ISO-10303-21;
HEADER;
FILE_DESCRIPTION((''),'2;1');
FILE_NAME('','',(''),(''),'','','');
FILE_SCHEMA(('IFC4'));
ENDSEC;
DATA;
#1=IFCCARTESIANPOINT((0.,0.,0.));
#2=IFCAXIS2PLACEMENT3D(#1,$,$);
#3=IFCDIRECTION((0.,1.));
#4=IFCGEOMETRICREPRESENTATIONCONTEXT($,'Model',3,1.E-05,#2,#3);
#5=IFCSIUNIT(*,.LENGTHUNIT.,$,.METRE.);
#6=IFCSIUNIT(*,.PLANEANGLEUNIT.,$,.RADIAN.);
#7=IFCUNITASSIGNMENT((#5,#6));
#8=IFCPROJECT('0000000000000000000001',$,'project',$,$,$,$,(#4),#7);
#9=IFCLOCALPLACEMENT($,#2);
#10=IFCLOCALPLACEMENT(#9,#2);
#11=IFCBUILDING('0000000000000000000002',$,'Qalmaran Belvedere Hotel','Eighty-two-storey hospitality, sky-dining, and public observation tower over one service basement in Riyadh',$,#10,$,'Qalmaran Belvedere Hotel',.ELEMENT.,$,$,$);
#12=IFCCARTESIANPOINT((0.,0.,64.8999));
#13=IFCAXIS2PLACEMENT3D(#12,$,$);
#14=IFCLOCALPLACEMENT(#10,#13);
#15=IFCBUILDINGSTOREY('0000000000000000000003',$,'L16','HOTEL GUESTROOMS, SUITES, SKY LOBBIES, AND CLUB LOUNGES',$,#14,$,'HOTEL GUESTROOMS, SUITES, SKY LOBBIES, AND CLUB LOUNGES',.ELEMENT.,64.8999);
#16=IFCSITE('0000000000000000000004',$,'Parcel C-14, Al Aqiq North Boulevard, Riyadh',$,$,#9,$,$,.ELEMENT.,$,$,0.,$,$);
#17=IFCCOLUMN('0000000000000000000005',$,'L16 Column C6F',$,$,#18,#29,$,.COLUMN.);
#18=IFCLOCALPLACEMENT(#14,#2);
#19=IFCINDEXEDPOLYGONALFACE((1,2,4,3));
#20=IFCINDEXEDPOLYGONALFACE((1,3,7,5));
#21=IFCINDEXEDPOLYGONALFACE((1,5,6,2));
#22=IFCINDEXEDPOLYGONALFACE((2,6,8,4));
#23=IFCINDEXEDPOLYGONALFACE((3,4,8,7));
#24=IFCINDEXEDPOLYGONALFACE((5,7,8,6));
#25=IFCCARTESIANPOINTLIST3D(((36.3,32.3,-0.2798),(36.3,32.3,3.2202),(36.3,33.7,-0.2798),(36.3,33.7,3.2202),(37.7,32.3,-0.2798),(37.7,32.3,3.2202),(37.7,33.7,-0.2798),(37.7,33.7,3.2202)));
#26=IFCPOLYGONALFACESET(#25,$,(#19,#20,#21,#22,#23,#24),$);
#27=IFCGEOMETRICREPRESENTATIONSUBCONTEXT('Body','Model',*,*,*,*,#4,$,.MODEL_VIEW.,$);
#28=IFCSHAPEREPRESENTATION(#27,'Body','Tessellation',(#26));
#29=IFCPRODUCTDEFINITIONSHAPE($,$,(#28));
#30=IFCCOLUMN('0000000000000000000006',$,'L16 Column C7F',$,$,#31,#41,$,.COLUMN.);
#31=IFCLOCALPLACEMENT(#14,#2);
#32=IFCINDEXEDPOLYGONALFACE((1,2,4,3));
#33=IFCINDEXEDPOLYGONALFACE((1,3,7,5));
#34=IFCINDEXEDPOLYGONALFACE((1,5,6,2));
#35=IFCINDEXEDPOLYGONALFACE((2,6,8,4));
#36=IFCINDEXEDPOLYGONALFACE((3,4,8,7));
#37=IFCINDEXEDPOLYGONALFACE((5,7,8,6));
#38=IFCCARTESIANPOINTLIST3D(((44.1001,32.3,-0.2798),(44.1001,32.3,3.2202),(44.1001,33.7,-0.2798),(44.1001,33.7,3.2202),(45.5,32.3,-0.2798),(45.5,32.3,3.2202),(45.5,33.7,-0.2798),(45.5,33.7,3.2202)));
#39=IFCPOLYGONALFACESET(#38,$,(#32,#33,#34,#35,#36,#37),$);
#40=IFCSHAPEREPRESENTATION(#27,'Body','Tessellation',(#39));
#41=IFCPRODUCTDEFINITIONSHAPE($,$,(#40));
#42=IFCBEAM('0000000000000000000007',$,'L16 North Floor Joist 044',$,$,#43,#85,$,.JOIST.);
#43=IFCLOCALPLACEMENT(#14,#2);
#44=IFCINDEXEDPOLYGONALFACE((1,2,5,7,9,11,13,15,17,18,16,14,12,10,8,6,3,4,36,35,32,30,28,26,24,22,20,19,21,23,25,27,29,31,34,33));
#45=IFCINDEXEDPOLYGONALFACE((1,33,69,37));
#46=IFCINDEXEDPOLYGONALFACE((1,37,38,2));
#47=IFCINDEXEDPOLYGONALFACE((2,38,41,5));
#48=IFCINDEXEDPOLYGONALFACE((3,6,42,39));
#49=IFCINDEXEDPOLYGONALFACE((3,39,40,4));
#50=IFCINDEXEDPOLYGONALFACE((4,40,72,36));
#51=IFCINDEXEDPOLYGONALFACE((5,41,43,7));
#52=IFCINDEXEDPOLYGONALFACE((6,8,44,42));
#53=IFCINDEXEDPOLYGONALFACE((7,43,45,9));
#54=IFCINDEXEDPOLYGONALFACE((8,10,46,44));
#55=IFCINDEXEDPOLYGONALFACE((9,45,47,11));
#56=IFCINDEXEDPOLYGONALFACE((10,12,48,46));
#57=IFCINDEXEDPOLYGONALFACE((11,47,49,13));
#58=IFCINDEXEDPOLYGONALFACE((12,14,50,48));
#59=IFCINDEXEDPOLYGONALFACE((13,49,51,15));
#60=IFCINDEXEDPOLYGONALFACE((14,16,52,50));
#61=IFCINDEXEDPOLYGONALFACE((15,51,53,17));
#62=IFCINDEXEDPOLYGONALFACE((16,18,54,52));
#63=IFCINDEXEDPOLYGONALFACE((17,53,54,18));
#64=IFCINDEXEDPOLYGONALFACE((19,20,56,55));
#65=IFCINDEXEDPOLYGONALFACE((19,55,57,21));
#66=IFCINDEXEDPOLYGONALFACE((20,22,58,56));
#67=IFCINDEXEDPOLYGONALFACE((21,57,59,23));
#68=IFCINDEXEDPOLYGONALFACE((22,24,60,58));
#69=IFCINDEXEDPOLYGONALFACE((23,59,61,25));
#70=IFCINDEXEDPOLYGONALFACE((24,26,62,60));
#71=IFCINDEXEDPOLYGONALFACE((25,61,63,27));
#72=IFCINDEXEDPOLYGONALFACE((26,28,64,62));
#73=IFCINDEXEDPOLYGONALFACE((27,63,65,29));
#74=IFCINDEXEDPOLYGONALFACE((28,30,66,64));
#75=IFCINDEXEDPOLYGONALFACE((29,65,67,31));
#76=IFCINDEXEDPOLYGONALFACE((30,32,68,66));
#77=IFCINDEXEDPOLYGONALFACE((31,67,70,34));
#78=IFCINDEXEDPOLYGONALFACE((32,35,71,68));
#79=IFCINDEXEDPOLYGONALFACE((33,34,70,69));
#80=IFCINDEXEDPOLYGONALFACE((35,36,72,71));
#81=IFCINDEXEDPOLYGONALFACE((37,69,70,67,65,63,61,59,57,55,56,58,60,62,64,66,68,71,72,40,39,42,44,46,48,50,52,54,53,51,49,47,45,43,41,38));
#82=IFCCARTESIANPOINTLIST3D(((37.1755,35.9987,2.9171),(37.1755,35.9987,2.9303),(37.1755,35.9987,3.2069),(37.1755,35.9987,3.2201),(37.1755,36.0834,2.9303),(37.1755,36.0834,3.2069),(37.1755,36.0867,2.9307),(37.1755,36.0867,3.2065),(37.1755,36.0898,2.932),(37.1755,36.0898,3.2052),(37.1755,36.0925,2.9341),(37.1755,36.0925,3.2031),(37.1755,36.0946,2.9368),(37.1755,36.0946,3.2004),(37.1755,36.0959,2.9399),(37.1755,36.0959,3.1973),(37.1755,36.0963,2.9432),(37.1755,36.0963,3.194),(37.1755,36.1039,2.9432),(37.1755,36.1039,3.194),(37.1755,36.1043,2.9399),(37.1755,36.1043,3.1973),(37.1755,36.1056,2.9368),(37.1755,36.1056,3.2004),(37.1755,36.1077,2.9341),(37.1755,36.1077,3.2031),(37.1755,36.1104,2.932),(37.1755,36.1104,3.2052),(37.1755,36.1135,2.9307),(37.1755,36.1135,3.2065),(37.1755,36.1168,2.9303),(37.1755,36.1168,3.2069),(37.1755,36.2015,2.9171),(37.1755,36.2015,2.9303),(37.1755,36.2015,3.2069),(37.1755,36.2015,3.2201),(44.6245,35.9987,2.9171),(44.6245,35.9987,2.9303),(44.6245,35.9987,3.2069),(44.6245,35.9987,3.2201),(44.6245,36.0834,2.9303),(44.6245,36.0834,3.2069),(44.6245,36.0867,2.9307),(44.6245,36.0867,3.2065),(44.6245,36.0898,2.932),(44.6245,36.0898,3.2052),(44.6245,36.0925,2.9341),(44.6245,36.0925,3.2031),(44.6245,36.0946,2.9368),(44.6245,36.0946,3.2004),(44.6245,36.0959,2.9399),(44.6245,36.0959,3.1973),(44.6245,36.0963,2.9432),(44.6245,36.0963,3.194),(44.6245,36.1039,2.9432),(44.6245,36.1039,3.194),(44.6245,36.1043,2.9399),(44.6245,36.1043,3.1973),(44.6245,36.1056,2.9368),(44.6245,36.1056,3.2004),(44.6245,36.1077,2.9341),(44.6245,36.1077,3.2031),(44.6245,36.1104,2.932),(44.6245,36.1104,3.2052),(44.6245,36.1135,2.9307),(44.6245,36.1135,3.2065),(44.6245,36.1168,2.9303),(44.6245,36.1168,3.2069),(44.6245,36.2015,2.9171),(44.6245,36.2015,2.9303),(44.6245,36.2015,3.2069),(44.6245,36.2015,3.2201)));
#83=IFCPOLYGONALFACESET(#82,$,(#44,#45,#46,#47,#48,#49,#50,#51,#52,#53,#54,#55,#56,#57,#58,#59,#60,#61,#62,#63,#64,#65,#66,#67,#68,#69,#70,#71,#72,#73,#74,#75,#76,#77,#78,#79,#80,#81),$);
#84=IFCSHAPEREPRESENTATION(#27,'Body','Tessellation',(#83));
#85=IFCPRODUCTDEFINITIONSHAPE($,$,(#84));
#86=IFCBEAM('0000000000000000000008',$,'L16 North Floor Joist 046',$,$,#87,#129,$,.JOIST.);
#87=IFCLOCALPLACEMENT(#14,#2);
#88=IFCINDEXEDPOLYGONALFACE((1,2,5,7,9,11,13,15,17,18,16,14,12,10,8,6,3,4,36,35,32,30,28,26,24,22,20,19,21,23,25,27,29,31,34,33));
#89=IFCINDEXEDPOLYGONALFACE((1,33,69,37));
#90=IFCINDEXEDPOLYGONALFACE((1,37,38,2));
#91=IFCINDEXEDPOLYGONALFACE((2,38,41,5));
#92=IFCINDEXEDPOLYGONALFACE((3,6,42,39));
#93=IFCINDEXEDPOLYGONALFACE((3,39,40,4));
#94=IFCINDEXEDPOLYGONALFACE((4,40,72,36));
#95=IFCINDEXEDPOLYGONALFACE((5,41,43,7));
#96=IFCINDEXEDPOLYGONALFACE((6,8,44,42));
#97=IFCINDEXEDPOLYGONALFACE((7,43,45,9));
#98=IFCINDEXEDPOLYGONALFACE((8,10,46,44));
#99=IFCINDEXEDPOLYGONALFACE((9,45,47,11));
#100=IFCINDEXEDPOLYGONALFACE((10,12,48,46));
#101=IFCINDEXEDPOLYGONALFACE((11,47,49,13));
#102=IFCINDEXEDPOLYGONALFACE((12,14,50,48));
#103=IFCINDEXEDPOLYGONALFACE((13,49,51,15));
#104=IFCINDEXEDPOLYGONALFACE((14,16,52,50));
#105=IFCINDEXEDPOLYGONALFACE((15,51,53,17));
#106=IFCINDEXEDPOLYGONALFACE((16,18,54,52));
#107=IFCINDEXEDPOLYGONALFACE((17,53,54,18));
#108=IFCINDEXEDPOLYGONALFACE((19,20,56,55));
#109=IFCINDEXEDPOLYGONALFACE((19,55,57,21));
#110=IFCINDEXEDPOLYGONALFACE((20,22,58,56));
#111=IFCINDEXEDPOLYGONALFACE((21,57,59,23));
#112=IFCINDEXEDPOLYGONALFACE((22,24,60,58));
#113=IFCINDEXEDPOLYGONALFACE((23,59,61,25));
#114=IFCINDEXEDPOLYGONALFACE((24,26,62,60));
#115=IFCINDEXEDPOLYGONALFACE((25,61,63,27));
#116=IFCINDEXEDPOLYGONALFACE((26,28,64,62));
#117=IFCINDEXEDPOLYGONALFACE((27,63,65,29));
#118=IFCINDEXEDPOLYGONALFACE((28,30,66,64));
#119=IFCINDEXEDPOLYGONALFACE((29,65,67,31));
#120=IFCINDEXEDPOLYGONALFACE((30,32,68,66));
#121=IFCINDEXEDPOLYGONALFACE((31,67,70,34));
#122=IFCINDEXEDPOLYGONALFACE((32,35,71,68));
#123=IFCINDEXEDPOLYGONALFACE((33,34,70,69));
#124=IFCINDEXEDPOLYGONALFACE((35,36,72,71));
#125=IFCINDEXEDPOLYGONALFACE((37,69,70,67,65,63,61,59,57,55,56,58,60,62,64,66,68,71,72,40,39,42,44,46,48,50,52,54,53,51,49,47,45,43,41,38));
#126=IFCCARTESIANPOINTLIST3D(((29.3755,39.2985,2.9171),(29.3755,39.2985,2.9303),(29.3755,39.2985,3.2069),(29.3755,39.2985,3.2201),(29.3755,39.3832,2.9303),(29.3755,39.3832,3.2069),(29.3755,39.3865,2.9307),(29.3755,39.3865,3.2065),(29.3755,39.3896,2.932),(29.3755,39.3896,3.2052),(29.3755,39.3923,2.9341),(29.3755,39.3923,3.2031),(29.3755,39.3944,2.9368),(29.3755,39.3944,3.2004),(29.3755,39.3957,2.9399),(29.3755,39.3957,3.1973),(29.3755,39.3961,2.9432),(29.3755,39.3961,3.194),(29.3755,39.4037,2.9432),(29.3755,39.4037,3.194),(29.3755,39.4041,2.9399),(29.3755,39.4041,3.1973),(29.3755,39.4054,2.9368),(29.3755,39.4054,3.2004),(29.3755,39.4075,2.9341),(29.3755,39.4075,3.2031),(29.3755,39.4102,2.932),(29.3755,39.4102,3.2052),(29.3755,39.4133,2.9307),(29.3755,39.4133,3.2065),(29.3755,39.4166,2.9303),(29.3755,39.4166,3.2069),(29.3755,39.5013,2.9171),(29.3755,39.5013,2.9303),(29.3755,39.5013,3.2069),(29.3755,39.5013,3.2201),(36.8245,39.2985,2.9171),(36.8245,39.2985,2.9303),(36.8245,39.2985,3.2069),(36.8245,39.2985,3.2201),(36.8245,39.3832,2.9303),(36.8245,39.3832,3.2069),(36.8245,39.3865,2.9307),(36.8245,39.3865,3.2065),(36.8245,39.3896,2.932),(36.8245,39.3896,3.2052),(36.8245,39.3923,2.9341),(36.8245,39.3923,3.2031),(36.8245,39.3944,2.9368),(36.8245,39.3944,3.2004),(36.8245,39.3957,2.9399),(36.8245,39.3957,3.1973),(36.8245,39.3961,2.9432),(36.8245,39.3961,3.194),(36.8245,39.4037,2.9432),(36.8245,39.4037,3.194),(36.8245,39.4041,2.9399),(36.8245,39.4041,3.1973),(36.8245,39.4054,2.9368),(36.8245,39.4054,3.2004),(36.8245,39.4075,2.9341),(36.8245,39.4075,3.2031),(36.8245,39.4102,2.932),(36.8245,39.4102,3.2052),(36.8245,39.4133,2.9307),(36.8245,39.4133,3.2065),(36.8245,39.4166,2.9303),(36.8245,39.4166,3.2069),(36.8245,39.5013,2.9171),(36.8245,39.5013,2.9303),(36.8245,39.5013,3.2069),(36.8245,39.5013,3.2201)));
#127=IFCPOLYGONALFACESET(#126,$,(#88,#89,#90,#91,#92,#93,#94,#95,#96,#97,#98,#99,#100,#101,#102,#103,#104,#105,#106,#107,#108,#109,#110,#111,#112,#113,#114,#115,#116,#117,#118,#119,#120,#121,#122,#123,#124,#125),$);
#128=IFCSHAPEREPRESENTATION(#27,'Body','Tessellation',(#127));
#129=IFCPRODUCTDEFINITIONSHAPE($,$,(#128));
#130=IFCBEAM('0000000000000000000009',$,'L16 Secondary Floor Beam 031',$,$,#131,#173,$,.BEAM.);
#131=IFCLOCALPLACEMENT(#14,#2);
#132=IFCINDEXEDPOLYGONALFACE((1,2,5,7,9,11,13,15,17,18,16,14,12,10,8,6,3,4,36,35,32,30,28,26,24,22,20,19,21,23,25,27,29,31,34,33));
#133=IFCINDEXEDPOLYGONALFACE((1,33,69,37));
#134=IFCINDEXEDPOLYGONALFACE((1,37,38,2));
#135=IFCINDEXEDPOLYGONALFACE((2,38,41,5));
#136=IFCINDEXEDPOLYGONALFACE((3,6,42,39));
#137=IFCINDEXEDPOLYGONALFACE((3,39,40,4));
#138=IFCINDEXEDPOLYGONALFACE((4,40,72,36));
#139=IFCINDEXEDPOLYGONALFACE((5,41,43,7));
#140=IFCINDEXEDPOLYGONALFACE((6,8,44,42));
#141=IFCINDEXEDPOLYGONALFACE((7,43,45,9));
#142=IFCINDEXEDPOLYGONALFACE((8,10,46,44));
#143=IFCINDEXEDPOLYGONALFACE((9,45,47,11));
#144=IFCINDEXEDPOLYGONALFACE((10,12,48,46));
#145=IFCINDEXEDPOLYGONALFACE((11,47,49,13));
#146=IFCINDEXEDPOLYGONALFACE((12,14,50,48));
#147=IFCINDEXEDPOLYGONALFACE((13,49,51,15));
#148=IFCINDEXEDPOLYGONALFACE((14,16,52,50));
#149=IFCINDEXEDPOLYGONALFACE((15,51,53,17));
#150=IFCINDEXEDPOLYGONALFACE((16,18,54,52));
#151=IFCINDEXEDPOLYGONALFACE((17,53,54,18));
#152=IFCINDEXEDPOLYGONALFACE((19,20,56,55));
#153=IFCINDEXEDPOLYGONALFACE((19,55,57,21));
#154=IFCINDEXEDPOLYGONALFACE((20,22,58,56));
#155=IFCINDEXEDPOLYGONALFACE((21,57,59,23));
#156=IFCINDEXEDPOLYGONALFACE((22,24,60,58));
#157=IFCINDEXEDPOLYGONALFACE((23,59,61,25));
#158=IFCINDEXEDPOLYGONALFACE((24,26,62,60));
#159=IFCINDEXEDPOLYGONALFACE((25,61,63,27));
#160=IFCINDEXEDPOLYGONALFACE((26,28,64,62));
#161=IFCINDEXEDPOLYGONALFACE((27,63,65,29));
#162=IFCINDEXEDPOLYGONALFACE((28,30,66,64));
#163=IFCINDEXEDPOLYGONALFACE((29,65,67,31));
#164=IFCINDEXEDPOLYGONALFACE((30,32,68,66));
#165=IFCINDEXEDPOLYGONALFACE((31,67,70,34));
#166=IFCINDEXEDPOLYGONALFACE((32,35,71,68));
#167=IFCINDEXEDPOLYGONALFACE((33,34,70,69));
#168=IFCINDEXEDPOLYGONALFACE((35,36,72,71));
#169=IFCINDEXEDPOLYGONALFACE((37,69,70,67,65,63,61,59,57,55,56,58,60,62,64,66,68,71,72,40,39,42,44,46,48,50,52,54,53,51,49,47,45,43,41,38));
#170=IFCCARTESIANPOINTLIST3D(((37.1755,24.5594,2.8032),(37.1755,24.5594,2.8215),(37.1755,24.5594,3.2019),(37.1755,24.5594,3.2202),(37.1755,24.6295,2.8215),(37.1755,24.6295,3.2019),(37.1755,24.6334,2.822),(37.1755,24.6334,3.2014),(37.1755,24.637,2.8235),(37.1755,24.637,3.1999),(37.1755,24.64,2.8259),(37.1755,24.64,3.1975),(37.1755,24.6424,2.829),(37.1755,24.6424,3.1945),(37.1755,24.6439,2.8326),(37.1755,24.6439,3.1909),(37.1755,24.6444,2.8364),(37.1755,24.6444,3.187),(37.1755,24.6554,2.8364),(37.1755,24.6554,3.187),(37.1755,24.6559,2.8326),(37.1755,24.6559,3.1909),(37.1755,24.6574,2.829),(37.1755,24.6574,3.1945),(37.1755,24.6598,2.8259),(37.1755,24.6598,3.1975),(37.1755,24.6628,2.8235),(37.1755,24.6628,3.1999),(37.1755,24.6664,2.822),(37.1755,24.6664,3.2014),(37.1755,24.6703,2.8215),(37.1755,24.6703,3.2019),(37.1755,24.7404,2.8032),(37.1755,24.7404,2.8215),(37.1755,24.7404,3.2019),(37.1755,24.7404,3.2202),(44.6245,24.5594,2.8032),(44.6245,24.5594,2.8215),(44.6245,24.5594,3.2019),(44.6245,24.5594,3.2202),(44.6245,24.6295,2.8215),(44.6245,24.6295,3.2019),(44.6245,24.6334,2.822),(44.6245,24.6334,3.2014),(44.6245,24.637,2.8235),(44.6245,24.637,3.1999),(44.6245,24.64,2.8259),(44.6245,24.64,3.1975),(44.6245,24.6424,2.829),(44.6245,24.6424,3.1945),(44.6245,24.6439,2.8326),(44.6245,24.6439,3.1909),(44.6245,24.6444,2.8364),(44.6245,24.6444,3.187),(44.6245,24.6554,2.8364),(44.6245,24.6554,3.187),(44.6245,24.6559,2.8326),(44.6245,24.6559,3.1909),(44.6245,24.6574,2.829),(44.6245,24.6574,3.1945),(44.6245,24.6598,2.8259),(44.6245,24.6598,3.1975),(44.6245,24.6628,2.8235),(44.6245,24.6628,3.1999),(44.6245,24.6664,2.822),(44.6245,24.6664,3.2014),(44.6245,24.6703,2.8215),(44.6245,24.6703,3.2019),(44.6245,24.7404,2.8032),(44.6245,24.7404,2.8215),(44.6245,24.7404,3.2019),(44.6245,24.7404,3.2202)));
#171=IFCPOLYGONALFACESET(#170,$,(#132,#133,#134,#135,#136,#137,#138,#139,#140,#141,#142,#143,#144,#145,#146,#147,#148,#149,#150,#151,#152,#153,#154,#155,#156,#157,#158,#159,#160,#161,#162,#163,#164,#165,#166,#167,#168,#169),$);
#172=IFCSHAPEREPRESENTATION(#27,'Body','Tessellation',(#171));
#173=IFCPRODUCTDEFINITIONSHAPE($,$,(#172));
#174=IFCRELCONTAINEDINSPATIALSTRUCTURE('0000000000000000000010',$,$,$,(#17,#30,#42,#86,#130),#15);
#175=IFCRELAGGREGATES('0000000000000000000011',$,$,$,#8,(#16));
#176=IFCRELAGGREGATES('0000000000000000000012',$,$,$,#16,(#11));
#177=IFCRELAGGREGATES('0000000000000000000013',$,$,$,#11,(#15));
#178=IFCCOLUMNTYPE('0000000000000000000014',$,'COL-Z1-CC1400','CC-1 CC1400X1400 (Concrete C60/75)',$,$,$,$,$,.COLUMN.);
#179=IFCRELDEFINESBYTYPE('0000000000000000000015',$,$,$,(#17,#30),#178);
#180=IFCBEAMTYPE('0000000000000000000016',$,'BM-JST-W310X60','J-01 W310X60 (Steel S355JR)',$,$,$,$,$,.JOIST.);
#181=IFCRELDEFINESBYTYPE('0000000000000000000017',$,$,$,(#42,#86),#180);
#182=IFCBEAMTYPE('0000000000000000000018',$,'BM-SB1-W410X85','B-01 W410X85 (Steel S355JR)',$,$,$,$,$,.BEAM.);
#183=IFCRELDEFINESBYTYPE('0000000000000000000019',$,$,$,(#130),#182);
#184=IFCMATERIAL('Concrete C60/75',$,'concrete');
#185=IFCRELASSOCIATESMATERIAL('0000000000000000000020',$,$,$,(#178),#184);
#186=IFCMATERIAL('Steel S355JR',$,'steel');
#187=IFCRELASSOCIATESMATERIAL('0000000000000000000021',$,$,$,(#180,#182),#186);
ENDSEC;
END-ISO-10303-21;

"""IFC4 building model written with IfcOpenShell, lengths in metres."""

from ifc_helpers import new_model, si_unit, direction, frame, origin, origin_2d, place, context, subcontext, project, spatial, rectangle, i_section, extrude, material, material_profile, profile_set, type_object, element, save


model = new_model("IFC4")

# Units and contexts
model_context = context("Model", 3, precision=1e-05, world=origin(), true_north=direction((0.0, 1.0)))
body_context = subcontext(model_context, "Body", "Model", "MODEL_VIEW")
ifc_project = project(units=[si_unit("LENGTHUNIT", "METRE"), si_unit("PLANEANGLEUNIT", "RADIAN")], contexts=[model_context])

# Site, building, storey
site_placement = place(None, origin())
site = spatial("IfcSite", under=ifc_project, at=site_placement, Name="Parcel C-14, Al Aqiq North Boulevard, Riyadh", CompositionType="ELEMENT", RefElevation=0.0)
building_placement = place(site_placement, origin())
building = spatial("IfcBuilding", under=site, at=building_placement, Name="Qalmaran Belvedere Hotel", Description="Eighty-two-storey hospitality, sky-dining, and public observation tower over one service basement in Riyadh", LongName="Qalmaran Belvedere Hotel", CompositionType="ELEMENT")
storey_placement = place(building_placement, frame((0.0, 0.0, 64.8999)))
storey = spatial("IfcBuildingStorey", under=building, at=storey_placement, Name="L16", Description="HOTEL GUESTROOMS, SUITES, SKY LOBBIES, AND CLUB LOUNGES", LongName="HOTEL GUESTROOMS, SUITES, SKY LOBBIES, AND CLUB LOUNGES", CompositionType="ELEMENT", Elevation=64.8999)

# Columns
ifc_material_1 = material(Name="Concrete C60/75", Category="concrete")
ifc_material_profile_1 = material_profile(ifc_material_1, rectangle(XDim=1.3999, YDim=1.3999, at=origin_2d()), Name="CC1400X1400")
ifc_profile_set_1 = profile_set([ifc_material_profile_1], Name="Concrete C60/75")
column_type = type_object("IfcColumnType", Name="COL-Z1-CC1400", Description="CC-1 CC1400X1400 (Concrete C60/75)", PredefinedType="COLUMN", material=ifc_profile_set_1)
for number, where, z_axis, x_axis, name in (
    (1, (37.0, 33.0, -0.2798), (0.0, 0.0, 1.0), (1.0, 0.0, 0.0), "L16 Column C6F"),
    (2, (44.8, 33.0, -0.2798), (0.0, 0.0, 1.0), (1.0, 0.0, 0.0), "L16 Column C7F"),
):
    element("IfcColumn", number, at=place(storey_placement, frame(where, z_axis=z_axis, x_axis=x_axis)), inside=storey, type_object=column_type, Name=name, PredefinedType="COLUMN", context=body_context, shape_type="SweptSolid", body=[
        extrude(rectangle(XDim=1.3999, YDim=1.3999, at=origin_2d()), origin(), (0.0, 0.0, 1.0), 3.5),
    ])

# Beams
ifc_material_2 = material(Name="Steel S355JR", Category="steel")
ifc_material_profile_2 = material_profile(ifc_material_2, i_section(OverallWidth=0.2029, OverallDepth=0.303, WebThickness=0.0076, FlangeThickness=0.0132, FilletRadius=0.0129, at=origin_2d()), Name="W310X60")
ifc_profile_set_2 = profile_set([ifc_material_profile_2], Name="Steel S355JR")
beam_type_1 = type_object("IfcBeamType", Name="BM-JST-W310X60", Description="J-01 W310X60 (Steel S355JR)", PredefinedType="JOIST", material=ifc_profile_set_2)
for number, where, z_axis, x_axis, name in (
    (3, (37.1755, 36.1001, 3.0686), (1.0, 0.0, 0.0), (0.0, 1.0, 0.0), "L16 North Floor Joist 044"),
    (4, (29.3755, 39.3999, 3.0686), (1.0, 0.0, 0.0), (0.0, 1.0, 0.0), "L16 North Floor Joist 046"),
):
    element("IfcBeam", number, at=place(storey_placement, frame(where, z_axis=z_axis, x_axis=x_axis)), inside=storey, type_object=beam_type_1, Name=name, PredefinedType="JOIST", context=body_context, shape_type="SweptSolid", body=[
        extrude(i_section(OverallWidth=0.2029, OverallDepth=0.303, WebThickness=0.0076, FlangeThickness=0.0132, FilletRadius=0.0129, at=origin_2d()), origin(), (0.0, 0.0, 1.0), 7.449),
    ])
ifc_material_profile_3 = material_profile(ifc_material_2, i_section(OverallWidth=0.1809, OverallDepth=0.417, WebThickness=0.011, FlangeThickness=0.0183, FilletRadius=0.0149, at=origin_2d()), Name="W410X85")
ifc_profile_set_3 = profile_set([ifc_material_profile_3], Name="Steel S355JR")
beam_type_2 = type_object("IfcBeamType", Name="BM-SB1-W410X85", Description="B-01 W410X85 (Steel S355JR)", PredefinedType="BEAM", material=ifc_profile_set_3)
beam_1_placement = place(storey_placement, frame((37.1755, 24.6499, 3.0117), z_axis=(1.0, 0.0, 0.0), x_axis=(0.0, 1.0, 0.0)))
element("IfcBeam", 5, at=beam_1_placement, inside=storey, type_object=beam_type_2, Name="L16 Secondary Floor Beam 031", PredefinedType="BEAM", context=body_context, shape_type="SweptSolid", body=[
    extrude(i_section(OverallWidth=0.1809, OverallDepth=0.417, WebThickness=0.011, FlangeThickness=0.0183, FilletRadius=0.0149, at=origin_2d()), origin(), (0.0, 0.0, 1.0), 7.449),
])

save(model, "model.ifc")
